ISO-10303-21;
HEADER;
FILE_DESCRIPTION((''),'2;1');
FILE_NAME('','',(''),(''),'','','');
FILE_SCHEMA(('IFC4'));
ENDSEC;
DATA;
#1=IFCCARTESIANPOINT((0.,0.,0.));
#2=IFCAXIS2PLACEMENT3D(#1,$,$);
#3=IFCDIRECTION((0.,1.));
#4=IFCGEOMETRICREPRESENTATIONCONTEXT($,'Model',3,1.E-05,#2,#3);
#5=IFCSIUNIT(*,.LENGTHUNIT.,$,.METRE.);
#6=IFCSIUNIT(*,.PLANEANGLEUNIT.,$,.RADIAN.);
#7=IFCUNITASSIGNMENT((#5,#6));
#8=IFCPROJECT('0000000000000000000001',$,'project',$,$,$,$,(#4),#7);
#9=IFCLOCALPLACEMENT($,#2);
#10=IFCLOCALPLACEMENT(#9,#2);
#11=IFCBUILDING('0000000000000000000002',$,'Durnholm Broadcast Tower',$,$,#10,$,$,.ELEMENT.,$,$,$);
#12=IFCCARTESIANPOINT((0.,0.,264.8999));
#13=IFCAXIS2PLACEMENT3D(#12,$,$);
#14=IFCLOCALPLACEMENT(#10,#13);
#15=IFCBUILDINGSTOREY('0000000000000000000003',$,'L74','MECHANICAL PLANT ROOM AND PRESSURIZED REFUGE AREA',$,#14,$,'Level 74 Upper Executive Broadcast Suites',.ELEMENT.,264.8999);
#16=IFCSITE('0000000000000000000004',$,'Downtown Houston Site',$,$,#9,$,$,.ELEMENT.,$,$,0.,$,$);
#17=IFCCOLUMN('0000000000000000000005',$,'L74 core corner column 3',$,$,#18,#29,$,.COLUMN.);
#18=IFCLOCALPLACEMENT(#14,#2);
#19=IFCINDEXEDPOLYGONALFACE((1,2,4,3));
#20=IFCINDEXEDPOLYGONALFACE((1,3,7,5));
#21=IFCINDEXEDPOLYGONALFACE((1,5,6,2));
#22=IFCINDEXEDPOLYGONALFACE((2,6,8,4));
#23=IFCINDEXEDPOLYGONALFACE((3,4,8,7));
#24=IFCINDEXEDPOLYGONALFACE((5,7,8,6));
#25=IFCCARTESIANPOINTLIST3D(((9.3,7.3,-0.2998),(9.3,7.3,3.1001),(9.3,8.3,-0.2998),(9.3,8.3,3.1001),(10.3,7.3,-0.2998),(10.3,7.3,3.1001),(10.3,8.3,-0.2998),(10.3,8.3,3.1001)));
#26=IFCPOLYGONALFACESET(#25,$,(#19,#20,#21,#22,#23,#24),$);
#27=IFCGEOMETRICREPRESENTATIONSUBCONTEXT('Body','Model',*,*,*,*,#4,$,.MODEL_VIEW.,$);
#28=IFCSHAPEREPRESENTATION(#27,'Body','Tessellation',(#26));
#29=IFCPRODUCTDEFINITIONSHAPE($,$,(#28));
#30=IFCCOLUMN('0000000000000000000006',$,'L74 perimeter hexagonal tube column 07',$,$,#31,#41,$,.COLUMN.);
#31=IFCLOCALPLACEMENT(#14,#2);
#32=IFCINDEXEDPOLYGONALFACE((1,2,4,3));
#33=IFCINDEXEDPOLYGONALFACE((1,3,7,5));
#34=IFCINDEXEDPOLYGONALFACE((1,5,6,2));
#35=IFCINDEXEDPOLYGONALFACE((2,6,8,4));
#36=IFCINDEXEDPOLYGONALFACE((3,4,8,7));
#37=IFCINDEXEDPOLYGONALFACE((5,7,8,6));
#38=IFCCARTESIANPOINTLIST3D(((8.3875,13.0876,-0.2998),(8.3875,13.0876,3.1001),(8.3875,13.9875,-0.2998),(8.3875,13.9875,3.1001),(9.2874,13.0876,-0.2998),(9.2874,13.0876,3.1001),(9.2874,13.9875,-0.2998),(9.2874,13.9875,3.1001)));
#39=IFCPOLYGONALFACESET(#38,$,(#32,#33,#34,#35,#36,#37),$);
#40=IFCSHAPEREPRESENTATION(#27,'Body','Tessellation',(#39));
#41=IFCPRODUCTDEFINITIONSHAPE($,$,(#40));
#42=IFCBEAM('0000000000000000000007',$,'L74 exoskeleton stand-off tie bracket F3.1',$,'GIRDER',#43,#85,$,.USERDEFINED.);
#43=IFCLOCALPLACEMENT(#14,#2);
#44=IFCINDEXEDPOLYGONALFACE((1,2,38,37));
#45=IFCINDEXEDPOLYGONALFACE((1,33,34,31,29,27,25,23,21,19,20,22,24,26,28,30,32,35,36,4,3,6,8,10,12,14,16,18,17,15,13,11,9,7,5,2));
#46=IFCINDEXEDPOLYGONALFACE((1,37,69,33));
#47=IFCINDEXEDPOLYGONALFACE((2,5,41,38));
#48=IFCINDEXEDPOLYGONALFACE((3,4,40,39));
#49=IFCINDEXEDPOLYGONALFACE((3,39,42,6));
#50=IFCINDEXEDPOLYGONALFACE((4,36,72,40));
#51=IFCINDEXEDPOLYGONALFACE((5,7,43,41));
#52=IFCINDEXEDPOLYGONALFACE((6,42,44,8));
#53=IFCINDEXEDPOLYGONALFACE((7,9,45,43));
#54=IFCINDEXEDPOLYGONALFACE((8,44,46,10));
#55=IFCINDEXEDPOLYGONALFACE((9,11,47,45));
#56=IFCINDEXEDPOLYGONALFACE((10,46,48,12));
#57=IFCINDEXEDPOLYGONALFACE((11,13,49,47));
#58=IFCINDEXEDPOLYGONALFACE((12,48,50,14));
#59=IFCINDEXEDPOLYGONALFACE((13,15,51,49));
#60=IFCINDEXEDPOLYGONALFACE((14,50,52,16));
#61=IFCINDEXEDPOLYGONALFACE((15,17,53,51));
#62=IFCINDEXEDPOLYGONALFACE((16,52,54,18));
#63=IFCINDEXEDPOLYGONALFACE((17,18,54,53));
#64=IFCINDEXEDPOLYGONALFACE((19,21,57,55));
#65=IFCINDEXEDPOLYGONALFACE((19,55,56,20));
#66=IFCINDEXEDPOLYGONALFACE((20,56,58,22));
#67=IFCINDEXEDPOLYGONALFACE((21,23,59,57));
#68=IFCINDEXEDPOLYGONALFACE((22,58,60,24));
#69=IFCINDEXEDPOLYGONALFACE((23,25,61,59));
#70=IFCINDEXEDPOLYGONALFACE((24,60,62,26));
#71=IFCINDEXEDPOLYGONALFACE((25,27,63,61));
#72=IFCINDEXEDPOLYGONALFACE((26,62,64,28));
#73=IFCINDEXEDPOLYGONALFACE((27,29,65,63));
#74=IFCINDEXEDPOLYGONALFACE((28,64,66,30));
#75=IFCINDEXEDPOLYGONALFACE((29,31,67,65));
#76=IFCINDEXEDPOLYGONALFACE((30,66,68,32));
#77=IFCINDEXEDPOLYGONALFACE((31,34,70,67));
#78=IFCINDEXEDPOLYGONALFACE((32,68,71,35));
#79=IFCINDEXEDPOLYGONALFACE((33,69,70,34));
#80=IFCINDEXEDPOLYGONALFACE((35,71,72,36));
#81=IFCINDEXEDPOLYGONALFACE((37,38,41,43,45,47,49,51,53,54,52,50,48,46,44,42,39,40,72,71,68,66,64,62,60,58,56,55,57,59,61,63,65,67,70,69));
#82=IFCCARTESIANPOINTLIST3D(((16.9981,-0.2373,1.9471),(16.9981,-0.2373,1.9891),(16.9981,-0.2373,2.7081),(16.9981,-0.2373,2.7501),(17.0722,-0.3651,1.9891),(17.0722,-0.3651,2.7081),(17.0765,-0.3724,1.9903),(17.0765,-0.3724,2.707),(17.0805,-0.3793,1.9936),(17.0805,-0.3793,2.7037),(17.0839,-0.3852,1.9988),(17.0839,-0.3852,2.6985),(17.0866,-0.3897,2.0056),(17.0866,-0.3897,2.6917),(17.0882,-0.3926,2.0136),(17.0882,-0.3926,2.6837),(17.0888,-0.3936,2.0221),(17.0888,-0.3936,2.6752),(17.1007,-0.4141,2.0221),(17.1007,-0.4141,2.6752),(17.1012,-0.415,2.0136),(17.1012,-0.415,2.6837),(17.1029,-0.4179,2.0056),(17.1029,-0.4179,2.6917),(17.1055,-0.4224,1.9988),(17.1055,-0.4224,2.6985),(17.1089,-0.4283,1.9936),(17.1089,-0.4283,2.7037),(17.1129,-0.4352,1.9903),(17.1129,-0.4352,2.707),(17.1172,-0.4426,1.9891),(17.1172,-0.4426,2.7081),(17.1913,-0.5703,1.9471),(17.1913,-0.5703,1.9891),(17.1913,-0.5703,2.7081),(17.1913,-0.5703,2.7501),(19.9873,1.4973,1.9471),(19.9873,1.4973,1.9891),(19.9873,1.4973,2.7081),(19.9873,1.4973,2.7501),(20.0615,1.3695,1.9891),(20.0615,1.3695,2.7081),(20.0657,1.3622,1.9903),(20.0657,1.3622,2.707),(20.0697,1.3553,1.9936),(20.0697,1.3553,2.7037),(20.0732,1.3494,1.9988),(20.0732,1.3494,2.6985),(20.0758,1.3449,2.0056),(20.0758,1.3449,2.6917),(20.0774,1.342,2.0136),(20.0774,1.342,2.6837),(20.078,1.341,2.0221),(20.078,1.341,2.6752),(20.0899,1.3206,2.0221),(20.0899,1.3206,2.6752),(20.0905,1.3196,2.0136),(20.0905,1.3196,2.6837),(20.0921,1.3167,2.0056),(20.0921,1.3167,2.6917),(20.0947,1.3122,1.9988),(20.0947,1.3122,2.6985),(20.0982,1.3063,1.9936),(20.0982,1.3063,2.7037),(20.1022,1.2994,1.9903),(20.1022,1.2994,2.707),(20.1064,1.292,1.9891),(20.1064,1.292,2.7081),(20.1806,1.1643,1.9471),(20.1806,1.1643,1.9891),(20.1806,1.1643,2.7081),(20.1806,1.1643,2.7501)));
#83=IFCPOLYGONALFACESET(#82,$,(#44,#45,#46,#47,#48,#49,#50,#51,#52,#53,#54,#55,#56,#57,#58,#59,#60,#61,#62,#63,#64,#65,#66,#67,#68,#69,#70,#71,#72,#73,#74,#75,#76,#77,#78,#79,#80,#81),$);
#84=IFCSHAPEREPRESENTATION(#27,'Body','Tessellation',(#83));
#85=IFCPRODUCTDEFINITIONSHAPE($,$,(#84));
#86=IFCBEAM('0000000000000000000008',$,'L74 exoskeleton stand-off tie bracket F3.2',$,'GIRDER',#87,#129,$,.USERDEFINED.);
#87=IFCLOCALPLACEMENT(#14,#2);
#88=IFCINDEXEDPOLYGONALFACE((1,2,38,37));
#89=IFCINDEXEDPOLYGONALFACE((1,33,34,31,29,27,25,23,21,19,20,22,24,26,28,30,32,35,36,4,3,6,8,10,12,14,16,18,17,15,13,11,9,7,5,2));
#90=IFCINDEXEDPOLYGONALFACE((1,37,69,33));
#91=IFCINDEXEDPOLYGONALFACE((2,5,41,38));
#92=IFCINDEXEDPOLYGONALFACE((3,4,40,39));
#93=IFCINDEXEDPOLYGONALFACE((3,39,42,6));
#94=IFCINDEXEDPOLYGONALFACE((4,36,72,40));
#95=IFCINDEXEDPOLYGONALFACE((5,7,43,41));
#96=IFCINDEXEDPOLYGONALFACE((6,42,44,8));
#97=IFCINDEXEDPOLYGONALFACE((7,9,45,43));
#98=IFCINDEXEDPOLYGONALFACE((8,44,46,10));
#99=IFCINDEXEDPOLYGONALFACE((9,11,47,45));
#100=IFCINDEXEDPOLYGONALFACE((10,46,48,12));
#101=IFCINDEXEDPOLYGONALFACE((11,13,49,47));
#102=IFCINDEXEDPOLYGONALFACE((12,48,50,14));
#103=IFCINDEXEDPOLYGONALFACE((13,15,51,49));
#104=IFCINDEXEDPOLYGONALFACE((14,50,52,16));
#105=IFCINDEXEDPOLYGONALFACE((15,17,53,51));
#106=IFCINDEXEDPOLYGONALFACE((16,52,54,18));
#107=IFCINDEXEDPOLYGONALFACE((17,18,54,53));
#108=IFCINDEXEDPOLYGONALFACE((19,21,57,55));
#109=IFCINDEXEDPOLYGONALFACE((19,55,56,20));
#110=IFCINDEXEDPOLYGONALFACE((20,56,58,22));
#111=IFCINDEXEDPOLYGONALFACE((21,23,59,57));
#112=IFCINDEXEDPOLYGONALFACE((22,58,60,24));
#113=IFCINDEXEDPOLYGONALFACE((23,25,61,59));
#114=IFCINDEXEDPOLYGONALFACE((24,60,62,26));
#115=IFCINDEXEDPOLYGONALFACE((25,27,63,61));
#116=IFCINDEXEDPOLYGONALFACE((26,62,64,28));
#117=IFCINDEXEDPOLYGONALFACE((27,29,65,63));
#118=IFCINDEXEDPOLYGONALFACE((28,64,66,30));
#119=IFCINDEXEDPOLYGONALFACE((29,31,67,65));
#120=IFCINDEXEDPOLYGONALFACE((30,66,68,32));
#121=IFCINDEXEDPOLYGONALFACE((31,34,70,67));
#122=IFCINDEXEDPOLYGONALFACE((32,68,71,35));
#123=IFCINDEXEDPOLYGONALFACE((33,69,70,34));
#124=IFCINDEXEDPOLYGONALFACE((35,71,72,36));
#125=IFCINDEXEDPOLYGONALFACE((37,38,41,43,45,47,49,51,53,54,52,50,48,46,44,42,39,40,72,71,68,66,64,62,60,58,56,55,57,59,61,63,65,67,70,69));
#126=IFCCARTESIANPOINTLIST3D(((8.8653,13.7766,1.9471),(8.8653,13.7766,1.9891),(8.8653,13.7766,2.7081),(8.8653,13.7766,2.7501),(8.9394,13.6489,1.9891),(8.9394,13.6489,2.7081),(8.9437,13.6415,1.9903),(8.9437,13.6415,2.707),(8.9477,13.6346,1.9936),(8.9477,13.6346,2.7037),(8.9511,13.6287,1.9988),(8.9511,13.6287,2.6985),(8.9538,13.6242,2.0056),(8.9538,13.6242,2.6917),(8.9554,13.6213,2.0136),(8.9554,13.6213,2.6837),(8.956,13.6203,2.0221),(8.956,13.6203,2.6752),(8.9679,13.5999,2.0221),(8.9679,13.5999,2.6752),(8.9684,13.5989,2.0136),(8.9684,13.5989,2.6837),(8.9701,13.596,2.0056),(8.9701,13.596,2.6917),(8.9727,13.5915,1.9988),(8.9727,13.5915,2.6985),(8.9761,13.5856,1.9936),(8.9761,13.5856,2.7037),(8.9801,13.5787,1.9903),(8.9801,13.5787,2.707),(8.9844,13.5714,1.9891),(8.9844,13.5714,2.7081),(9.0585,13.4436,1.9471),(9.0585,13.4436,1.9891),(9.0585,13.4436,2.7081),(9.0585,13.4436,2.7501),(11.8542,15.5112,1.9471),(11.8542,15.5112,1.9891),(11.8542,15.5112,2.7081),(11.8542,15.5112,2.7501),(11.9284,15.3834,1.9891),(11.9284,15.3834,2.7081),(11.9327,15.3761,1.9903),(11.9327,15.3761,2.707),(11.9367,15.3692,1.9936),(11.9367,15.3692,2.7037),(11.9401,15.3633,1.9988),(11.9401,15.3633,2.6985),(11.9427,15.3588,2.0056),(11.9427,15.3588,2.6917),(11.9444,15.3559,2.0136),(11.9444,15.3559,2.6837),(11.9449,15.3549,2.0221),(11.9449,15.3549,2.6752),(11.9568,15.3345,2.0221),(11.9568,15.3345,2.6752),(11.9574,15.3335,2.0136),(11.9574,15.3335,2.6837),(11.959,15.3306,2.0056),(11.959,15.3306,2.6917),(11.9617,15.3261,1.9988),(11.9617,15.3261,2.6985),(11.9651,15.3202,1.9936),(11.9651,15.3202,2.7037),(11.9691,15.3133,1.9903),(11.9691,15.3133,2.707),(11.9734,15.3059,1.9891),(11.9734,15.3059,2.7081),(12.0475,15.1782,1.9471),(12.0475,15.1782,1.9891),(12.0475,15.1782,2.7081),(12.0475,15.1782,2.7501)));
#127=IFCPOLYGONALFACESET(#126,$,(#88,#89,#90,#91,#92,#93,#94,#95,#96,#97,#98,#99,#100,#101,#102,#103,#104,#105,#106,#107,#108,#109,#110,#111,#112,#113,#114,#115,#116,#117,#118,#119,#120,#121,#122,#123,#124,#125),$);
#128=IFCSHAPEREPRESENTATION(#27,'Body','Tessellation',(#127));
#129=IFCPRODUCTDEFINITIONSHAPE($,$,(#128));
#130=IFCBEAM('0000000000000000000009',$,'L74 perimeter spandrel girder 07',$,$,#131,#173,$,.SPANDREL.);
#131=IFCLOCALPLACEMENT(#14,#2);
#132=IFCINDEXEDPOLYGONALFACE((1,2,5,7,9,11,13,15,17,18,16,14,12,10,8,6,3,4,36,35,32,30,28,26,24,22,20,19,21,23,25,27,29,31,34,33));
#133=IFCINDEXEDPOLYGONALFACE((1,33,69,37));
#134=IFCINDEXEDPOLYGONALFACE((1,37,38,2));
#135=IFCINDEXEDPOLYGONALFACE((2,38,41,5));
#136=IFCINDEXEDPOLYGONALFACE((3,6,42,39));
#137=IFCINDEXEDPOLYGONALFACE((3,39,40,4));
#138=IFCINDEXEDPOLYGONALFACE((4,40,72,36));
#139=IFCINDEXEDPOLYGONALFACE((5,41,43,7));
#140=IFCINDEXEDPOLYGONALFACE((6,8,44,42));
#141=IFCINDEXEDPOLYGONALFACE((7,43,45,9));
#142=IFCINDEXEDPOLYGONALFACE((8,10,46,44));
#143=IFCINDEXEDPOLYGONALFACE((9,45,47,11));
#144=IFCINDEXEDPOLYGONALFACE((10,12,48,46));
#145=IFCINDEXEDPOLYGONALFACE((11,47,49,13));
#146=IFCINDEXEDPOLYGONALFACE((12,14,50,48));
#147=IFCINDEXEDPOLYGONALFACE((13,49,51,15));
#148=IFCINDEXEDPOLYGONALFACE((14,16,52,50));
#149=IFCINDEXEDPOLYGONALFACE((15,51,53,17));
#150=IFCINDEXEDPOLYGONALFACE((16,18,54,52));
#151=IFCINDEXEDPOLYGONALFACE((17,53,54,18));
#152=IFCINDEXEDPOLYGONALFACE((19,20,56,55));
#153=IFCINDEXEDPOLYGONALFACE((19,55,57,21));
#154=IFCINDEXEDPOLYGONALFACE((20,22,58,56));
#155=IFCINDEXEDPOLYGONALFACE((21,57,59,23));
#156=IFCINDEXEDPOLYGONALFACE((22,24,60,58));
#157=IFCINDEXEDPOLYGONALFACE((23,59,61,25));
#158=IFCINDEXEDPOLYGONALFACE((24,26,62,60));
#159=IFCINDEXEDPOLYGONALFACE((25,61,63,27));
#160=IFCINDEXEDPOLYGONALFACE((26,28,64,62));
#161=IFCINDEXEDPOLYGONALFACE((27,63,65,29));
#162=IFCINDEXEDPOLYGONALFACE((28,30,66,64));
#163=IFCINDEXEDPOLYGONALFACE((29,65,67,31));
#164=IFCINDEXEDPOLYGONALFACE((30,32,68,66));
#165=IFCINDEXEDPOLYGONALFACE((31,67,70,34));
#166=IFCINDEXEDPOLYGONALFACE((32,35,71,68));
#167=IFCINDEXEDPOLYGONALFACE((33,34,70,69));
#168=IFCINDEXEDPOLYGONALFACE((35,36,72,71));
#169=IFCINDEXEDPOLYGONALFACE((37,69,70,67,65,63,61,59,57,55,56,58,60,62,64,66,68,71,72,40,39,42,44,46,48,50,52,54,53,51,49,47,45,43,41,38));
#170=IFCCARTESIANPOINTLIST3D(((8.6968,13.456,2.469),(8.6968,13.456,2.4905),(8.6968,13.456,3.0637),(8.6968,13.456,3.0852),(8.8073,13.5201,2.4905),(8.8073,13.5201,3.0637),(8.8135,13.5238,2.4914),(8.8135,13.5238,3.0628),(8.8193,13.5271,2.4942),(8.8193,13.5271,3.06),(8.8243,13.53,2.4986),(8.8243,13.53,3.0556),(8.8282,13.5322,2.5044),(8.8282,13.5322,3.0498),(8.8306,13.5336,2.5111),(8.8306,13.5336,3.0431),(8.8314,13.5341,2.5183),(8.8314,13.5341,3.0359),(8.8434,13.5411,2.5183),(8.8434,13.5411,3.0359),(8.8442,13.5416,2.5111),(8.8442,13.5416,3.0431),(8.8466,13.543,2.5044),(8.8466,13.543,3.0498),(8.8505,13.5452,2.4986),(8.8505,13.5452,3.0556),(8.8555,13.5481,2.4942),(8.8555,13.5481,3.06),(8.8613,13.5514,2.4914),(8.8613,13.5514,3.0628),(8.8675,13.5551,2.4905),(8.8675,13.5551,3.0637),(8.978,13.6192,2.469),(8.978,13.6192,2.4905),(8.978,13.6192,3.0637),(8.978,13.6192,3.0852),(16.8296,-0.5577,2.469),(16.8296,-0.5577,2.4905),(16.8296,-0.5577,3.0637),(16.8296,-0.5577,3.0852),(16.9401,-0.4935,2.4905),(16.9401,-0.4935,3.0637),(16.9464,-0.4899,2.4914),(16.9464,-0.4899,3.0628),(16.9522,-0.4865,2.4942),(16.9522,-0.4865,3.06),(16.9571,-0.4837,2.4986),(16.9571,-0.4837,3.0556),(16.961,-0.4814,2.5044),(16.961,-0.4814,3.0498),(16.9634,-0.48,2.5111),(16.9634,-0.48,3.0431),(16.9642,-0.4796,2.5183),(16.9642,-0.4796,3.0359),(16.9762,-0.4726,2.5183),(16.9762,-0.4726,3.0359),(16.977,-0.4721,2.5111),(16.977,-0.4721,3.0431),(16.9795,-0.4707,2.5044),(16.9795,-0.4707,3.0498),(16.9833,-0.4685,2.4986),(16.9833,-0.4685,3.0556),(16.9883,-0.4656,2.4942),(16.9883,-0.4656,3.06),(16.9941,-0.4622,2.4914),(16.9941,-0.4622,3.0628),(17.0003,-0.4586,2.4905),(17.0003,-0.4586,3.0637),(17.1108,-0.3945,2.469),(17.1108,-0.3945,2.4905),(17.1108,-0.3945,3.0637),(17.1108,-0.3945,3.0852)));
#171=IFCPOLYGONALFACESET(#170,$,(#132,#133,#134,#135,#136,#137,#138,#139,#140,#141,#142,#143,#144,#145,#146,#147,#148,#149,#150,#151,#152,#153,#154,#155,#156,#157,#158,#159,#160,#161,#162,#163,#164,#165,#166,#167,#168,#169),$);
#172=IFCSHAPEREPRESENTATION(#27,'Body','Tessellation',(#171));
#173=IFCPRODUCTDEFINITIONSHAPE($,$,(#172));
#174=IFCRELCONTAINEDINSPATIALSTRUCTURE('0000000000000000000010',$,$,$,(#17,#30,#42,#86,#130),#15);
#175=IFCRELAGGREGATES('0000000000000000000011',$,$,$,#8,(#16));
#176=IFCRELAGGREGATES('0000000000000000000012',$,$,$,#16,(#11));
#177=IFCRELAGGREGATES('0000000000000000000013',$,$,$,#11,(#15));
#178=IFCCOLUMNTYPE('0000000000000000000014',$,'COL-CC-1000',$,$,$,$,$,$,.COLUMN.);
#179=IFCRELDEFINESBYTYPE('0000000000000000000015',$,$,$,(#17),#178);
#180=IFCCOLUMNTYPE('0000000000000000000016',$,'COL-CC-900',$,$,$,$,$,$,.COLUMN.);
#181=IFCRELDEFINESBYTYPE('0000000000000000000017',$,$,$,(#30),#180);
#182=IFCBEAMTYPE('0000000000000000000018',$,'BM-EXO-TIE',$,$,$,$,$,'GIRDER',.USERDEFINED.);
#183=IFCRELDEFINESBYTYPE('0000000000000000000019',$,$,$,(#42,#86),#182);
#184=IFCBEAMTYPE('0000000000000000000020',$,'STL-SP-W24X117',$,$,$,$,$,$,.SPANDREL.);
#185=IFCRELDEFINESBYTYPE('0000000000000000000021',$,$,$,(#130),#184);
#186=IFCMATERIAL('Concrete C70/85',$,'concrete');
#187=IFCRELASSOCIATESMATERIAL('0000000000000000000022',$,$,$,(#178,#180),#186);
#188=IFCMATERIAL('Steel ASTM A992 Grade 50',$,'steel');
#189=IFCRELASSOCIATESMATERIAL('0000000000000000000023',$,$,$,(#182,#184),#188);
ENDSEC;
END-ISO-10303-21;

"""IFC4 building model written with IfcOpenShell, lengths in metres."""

from ifc_helpers import new_model, si_unit, direction, frame, origin, origin_2d, place, context, subcontext, project, spatial, rectangle, i_section, extrude, source, transform, mapped, material, material_profile, profile_set, type_object, type_shapes, element, save


model = new_model("IFC4")

# Units and contexts
model_context = context("Model", 3, precision=1e-05, world=origin(), true_north=direction((0.0, 1.0)))
body_context = subcontext(model_context, "Body", "Model", "MODEL_VIEW")
ifc_project = project(units=[si_unit("LENGTHUNIT", "METRE"), si_unit("PLANEANGLEUNIT", "RADIAN")], contexts=[model_context])

# Site, building, storey
site_placement = place(None, origin())
site = spatial("IfcSite", under=ifc_project, at=site_placement, Name="Downtown Houston Site", CompositionType="ELEMENT", RefElevation=0.0)
building_placement = place(site_placement, origin())
building = spatial("IfcBuilding", under=site, at=building_placement, Name="Durnholm Broadcast Tower", CompositionType="ELEMENT")
storey_placement = place(building_placement, frame((0.0, 0.0, 264.8999)))
storey = spatial("IfcBuildingStorey", under=building, at=storey_placement, Name="L74", Description="MECHANICAL PLANT ROOM AND PRESSURIZED REFUGE AREA", LongName="Level 74 Upper Executive Broadcast Suites", CompositionType="ELEMENT", Elevation=264.8999)

# Columns
ifc_material_1 = material(Name="Concrete C70/85", Category="concrete")
ifc_material_profile_1 = material_profile(ifc_material_1, rectangle(XDim=1.0, YDim=1.0, at=origin_2d()), Name="RC1000X1000")
ifc_profile_set_1 = profile_set([ifc_material_profile_1], Name="Concrete C70/85")
column_type_1 = type_object("IfcColumnType", Name="COL-CC-1000", PredefinedType="COLUMN", material=ifc_profile_set_1)
shared_shape_1 = source(origin(), body_context, "Body", "SweptSolid", [
    extrude(rectangle(XDim=1.0, YDim=1.0, at=origin_2d()), origin(), (0.0, 0.0, 1.0), 3.3999),
])
type_shapes(column_type_1, [shared_shape_1])
column_1_placement = place(storey_placement, frame((9.8, 7.8, -0.2998), z_axis=(0.0, 0.0, 1.0), x_axis=(1.0, 0.0, 0.0)))
element("IfcColumn", 1, at=column_1_placement, inside=storey, type_object=column_type_1, Name="L74 core corner column 3", PredefinedType="COLUMN", context=body_context, shape_type="MappedRepresentation", body=[
    mapped(shared_shape_1, transform((0.0, 0.0, 0.0), x_axis=(1.0, 0.0, 0.0), y_axis=(0.0, 1.0, 0.0), z_axis=(0.0, 0.0, 1.0), scale=1.0)),
])
ifc_material_profile_2 = material_profile(ifc_material_1, rectangle(XDim=0.8999, YDim=0.8999, at=origin_2d()), Name="RC900X900")
ifc_profile_set_2 = profile_set([ifc_material_profile_2], Name="Concrete C70/85")
column_type_2 = type_object("IfcColumnType", Name="COL-CC-900", PredefinedType="COLUMN", material=ifc_profile_set_2)
shared_shape_2 = source(origin(), body_context, "Body", "SweptSolid", [
    extrude(rectangle(XDim=0.8999, YDim=0.8999, at=origin_2d()), origin(), (0.0, 0.0, 1.0), 3.3999),
])
type_shapes(column_type_2, [shared_shape_2])
column_2_placement = place(storey_placement, frame((8.8374, 13.5376, -0.2998), z_axis=(0.0, 0.0, 1.0), x_axis=(1.0, 0.0, 0.0)))
element("IfcColumn", 2, at=column_2_placement, inside=storey, type_object=column_type_2, Name="L74 perimeter hexagonal tube column 07", PredefinedType="COLUMN", context=body_context, shape_type="MappedRepresentation", body=[
    mapped(shared_shape_2, transform((0.0, 0.0, 0.0), x_axis=(1.0, 0.0, 0.0), y_axis=(0.0, 1.0, 0.0), z_axis=(0.0, 0.0, 1.0), scale=1.0)),
])

# Beams
ifc_material_2 = material(Name="Steel ASTM A992 Grade 50", Category="steel")
ifc_material_profile_3 = material_profile(ifc_material_2, i_section(OverallWidth=0.385, OverallDepth=0.803, WebThickness=0.0237, FlangeThickness=0.042, FilletRadius=0.033, at=origin_2d()), Name="W30X261")
ifc_profile_set_3 = profile_set([ifc_material_profile_3], Name="Steel ASTM A992 Grade 50")
beam_type_1 = type_object("IfcBeamType", Name="BM-EXO-TIE", ElementType="GIRDER", PredefinedType="USERDEFINED", material=ifc_profile_set_3)
shared_shape_3 = source(origin(), body_context, "Body", "SweptSolid", [
    extrude(i_section(OverallWidth=0.385, OverallDepth=0.803, WebThickness=0.0237, FlangeThickness=0.042, FilletRadius=0.033, at=origin_2d()), origin(), (0.0, 0.0, 1.0), 3.4561),
])
beam_1_placement = place(storey_placement, frame((17.0947, -0.4038, 2.3486), z_axis=(0.864924, 0.501902, 0.0), x_axis=(-0.501902, 0.864924, 0.0)))
element("IfcBeam", 3, at=beam_1_placement, inside=storey, type_object=beam_type_1, Name="L74 exoskeleton stand-off tie bracket F3.1", ObjectType="GIRDER", PredefinedType="USERDEFINED", context=body_context, shape_type="MappedRepresentation", body=[
    mapped(shared_shape_3, transform((0.0, 0.0, 0.0), x_axis=(1.0, 0.0, 0.0), y_axis=(0.0, 1.0, 0.0), z_axis=(0.0, 0.0, 1.0), scale=1.0)),
])
shared_shape_4 = source(origin(), body_context, "Body", "SweptSolid", [
    extrude(i_section(OverallWidth=0.385, OverallDepth=0.803, WebThickness=0.0237, FlangeThickness=0.042, FilletRadius=0.033, at=origin_2d()), origin(), (0.0, 0.0, 1.0), 3.4558),
])
beam_2_placement = place(storey_placement, frame((8.9619, 13.6101, 2.3486), z_axis=(0.864907, 0.501933, 0.0), x_axis=(-0.501933, 0.864907, 0.0)))
element("IfcBeam", 4, at=beam_2_placement, inside=storey, type_object=beam_type_1, Name="L74 exoskeleton stand-off tie bracket F3.2", ObjectType="GIRDER", PredefinedType="USERDEFINED", context=body_context, shape_type="MappedRepresentation", body=[
    mapped(shared_shape_4, transform((0.0, 0.0, 0.0), x_axis=(1.0, 0.0, 0.0), y_axis=(0.0, 1.0, 0.0), z_axis=(0.0, 0.0, 1.0), scale=1.0)),
])
ifc_material_profile_4 = material_profile(ifc_material_2, i_section(OverallWidth=0.3252, OverallDepth=0.6162, WebThickness=0.0139, FlangeThickness=0.0215, FilletRadius=0.0278, at=origin_2d()), Name="W24X117")
ifc_profile_set_4 = profile_set([ifc_material_profile_4], Name="Steel ASTM A992 Grade 50")
beam_type_2 = type_object("IfcBeamType", Name="STL-SP-W24X117", PredefinedType="SPANDREL", material=ifc_profile_set_4)
shared_shape_5 = source(origin(), body_context, "Body", "SweptSolid", [
    extrude(i_section(OverallWidth=0.3252, OverallDepth=0.6162, WebThickness=0.0139, FlangeThickness=0.0215, FilletRadius=0.0278, at=origin_2d()), origin(), (0.0, 0.0, 1.0), 16.2026),
])
type_shapes(beam_type_2, [shared_shape_5])
beam_3_placement = place(storey_placement, frame((8.8374, 13.5376, 2.7771), z_axis=(0.501944, -0.8649, 0.0), x_axis=(0.8649, 0.501944, 0.0)))
element("IfcBeam", 5, at=beam_3_placement, inside=storey, type_object=beam_type_2, Name="L74 perimeter spandrel girder 07", PredefinedType="SPANDREL", context=body_context, shape_type="MappedRepresentation", body=[
    mapped(shared_shape_5, transform((0.0, 0.0, 0.0), x_axis=(1.0, 0.0, 0.0), y_axis=(0.0, 1.0, 0.0), z_axis=(0.0, 0.0, 1.0), scale=1.0)),
])

save(model, "model.ifc")
